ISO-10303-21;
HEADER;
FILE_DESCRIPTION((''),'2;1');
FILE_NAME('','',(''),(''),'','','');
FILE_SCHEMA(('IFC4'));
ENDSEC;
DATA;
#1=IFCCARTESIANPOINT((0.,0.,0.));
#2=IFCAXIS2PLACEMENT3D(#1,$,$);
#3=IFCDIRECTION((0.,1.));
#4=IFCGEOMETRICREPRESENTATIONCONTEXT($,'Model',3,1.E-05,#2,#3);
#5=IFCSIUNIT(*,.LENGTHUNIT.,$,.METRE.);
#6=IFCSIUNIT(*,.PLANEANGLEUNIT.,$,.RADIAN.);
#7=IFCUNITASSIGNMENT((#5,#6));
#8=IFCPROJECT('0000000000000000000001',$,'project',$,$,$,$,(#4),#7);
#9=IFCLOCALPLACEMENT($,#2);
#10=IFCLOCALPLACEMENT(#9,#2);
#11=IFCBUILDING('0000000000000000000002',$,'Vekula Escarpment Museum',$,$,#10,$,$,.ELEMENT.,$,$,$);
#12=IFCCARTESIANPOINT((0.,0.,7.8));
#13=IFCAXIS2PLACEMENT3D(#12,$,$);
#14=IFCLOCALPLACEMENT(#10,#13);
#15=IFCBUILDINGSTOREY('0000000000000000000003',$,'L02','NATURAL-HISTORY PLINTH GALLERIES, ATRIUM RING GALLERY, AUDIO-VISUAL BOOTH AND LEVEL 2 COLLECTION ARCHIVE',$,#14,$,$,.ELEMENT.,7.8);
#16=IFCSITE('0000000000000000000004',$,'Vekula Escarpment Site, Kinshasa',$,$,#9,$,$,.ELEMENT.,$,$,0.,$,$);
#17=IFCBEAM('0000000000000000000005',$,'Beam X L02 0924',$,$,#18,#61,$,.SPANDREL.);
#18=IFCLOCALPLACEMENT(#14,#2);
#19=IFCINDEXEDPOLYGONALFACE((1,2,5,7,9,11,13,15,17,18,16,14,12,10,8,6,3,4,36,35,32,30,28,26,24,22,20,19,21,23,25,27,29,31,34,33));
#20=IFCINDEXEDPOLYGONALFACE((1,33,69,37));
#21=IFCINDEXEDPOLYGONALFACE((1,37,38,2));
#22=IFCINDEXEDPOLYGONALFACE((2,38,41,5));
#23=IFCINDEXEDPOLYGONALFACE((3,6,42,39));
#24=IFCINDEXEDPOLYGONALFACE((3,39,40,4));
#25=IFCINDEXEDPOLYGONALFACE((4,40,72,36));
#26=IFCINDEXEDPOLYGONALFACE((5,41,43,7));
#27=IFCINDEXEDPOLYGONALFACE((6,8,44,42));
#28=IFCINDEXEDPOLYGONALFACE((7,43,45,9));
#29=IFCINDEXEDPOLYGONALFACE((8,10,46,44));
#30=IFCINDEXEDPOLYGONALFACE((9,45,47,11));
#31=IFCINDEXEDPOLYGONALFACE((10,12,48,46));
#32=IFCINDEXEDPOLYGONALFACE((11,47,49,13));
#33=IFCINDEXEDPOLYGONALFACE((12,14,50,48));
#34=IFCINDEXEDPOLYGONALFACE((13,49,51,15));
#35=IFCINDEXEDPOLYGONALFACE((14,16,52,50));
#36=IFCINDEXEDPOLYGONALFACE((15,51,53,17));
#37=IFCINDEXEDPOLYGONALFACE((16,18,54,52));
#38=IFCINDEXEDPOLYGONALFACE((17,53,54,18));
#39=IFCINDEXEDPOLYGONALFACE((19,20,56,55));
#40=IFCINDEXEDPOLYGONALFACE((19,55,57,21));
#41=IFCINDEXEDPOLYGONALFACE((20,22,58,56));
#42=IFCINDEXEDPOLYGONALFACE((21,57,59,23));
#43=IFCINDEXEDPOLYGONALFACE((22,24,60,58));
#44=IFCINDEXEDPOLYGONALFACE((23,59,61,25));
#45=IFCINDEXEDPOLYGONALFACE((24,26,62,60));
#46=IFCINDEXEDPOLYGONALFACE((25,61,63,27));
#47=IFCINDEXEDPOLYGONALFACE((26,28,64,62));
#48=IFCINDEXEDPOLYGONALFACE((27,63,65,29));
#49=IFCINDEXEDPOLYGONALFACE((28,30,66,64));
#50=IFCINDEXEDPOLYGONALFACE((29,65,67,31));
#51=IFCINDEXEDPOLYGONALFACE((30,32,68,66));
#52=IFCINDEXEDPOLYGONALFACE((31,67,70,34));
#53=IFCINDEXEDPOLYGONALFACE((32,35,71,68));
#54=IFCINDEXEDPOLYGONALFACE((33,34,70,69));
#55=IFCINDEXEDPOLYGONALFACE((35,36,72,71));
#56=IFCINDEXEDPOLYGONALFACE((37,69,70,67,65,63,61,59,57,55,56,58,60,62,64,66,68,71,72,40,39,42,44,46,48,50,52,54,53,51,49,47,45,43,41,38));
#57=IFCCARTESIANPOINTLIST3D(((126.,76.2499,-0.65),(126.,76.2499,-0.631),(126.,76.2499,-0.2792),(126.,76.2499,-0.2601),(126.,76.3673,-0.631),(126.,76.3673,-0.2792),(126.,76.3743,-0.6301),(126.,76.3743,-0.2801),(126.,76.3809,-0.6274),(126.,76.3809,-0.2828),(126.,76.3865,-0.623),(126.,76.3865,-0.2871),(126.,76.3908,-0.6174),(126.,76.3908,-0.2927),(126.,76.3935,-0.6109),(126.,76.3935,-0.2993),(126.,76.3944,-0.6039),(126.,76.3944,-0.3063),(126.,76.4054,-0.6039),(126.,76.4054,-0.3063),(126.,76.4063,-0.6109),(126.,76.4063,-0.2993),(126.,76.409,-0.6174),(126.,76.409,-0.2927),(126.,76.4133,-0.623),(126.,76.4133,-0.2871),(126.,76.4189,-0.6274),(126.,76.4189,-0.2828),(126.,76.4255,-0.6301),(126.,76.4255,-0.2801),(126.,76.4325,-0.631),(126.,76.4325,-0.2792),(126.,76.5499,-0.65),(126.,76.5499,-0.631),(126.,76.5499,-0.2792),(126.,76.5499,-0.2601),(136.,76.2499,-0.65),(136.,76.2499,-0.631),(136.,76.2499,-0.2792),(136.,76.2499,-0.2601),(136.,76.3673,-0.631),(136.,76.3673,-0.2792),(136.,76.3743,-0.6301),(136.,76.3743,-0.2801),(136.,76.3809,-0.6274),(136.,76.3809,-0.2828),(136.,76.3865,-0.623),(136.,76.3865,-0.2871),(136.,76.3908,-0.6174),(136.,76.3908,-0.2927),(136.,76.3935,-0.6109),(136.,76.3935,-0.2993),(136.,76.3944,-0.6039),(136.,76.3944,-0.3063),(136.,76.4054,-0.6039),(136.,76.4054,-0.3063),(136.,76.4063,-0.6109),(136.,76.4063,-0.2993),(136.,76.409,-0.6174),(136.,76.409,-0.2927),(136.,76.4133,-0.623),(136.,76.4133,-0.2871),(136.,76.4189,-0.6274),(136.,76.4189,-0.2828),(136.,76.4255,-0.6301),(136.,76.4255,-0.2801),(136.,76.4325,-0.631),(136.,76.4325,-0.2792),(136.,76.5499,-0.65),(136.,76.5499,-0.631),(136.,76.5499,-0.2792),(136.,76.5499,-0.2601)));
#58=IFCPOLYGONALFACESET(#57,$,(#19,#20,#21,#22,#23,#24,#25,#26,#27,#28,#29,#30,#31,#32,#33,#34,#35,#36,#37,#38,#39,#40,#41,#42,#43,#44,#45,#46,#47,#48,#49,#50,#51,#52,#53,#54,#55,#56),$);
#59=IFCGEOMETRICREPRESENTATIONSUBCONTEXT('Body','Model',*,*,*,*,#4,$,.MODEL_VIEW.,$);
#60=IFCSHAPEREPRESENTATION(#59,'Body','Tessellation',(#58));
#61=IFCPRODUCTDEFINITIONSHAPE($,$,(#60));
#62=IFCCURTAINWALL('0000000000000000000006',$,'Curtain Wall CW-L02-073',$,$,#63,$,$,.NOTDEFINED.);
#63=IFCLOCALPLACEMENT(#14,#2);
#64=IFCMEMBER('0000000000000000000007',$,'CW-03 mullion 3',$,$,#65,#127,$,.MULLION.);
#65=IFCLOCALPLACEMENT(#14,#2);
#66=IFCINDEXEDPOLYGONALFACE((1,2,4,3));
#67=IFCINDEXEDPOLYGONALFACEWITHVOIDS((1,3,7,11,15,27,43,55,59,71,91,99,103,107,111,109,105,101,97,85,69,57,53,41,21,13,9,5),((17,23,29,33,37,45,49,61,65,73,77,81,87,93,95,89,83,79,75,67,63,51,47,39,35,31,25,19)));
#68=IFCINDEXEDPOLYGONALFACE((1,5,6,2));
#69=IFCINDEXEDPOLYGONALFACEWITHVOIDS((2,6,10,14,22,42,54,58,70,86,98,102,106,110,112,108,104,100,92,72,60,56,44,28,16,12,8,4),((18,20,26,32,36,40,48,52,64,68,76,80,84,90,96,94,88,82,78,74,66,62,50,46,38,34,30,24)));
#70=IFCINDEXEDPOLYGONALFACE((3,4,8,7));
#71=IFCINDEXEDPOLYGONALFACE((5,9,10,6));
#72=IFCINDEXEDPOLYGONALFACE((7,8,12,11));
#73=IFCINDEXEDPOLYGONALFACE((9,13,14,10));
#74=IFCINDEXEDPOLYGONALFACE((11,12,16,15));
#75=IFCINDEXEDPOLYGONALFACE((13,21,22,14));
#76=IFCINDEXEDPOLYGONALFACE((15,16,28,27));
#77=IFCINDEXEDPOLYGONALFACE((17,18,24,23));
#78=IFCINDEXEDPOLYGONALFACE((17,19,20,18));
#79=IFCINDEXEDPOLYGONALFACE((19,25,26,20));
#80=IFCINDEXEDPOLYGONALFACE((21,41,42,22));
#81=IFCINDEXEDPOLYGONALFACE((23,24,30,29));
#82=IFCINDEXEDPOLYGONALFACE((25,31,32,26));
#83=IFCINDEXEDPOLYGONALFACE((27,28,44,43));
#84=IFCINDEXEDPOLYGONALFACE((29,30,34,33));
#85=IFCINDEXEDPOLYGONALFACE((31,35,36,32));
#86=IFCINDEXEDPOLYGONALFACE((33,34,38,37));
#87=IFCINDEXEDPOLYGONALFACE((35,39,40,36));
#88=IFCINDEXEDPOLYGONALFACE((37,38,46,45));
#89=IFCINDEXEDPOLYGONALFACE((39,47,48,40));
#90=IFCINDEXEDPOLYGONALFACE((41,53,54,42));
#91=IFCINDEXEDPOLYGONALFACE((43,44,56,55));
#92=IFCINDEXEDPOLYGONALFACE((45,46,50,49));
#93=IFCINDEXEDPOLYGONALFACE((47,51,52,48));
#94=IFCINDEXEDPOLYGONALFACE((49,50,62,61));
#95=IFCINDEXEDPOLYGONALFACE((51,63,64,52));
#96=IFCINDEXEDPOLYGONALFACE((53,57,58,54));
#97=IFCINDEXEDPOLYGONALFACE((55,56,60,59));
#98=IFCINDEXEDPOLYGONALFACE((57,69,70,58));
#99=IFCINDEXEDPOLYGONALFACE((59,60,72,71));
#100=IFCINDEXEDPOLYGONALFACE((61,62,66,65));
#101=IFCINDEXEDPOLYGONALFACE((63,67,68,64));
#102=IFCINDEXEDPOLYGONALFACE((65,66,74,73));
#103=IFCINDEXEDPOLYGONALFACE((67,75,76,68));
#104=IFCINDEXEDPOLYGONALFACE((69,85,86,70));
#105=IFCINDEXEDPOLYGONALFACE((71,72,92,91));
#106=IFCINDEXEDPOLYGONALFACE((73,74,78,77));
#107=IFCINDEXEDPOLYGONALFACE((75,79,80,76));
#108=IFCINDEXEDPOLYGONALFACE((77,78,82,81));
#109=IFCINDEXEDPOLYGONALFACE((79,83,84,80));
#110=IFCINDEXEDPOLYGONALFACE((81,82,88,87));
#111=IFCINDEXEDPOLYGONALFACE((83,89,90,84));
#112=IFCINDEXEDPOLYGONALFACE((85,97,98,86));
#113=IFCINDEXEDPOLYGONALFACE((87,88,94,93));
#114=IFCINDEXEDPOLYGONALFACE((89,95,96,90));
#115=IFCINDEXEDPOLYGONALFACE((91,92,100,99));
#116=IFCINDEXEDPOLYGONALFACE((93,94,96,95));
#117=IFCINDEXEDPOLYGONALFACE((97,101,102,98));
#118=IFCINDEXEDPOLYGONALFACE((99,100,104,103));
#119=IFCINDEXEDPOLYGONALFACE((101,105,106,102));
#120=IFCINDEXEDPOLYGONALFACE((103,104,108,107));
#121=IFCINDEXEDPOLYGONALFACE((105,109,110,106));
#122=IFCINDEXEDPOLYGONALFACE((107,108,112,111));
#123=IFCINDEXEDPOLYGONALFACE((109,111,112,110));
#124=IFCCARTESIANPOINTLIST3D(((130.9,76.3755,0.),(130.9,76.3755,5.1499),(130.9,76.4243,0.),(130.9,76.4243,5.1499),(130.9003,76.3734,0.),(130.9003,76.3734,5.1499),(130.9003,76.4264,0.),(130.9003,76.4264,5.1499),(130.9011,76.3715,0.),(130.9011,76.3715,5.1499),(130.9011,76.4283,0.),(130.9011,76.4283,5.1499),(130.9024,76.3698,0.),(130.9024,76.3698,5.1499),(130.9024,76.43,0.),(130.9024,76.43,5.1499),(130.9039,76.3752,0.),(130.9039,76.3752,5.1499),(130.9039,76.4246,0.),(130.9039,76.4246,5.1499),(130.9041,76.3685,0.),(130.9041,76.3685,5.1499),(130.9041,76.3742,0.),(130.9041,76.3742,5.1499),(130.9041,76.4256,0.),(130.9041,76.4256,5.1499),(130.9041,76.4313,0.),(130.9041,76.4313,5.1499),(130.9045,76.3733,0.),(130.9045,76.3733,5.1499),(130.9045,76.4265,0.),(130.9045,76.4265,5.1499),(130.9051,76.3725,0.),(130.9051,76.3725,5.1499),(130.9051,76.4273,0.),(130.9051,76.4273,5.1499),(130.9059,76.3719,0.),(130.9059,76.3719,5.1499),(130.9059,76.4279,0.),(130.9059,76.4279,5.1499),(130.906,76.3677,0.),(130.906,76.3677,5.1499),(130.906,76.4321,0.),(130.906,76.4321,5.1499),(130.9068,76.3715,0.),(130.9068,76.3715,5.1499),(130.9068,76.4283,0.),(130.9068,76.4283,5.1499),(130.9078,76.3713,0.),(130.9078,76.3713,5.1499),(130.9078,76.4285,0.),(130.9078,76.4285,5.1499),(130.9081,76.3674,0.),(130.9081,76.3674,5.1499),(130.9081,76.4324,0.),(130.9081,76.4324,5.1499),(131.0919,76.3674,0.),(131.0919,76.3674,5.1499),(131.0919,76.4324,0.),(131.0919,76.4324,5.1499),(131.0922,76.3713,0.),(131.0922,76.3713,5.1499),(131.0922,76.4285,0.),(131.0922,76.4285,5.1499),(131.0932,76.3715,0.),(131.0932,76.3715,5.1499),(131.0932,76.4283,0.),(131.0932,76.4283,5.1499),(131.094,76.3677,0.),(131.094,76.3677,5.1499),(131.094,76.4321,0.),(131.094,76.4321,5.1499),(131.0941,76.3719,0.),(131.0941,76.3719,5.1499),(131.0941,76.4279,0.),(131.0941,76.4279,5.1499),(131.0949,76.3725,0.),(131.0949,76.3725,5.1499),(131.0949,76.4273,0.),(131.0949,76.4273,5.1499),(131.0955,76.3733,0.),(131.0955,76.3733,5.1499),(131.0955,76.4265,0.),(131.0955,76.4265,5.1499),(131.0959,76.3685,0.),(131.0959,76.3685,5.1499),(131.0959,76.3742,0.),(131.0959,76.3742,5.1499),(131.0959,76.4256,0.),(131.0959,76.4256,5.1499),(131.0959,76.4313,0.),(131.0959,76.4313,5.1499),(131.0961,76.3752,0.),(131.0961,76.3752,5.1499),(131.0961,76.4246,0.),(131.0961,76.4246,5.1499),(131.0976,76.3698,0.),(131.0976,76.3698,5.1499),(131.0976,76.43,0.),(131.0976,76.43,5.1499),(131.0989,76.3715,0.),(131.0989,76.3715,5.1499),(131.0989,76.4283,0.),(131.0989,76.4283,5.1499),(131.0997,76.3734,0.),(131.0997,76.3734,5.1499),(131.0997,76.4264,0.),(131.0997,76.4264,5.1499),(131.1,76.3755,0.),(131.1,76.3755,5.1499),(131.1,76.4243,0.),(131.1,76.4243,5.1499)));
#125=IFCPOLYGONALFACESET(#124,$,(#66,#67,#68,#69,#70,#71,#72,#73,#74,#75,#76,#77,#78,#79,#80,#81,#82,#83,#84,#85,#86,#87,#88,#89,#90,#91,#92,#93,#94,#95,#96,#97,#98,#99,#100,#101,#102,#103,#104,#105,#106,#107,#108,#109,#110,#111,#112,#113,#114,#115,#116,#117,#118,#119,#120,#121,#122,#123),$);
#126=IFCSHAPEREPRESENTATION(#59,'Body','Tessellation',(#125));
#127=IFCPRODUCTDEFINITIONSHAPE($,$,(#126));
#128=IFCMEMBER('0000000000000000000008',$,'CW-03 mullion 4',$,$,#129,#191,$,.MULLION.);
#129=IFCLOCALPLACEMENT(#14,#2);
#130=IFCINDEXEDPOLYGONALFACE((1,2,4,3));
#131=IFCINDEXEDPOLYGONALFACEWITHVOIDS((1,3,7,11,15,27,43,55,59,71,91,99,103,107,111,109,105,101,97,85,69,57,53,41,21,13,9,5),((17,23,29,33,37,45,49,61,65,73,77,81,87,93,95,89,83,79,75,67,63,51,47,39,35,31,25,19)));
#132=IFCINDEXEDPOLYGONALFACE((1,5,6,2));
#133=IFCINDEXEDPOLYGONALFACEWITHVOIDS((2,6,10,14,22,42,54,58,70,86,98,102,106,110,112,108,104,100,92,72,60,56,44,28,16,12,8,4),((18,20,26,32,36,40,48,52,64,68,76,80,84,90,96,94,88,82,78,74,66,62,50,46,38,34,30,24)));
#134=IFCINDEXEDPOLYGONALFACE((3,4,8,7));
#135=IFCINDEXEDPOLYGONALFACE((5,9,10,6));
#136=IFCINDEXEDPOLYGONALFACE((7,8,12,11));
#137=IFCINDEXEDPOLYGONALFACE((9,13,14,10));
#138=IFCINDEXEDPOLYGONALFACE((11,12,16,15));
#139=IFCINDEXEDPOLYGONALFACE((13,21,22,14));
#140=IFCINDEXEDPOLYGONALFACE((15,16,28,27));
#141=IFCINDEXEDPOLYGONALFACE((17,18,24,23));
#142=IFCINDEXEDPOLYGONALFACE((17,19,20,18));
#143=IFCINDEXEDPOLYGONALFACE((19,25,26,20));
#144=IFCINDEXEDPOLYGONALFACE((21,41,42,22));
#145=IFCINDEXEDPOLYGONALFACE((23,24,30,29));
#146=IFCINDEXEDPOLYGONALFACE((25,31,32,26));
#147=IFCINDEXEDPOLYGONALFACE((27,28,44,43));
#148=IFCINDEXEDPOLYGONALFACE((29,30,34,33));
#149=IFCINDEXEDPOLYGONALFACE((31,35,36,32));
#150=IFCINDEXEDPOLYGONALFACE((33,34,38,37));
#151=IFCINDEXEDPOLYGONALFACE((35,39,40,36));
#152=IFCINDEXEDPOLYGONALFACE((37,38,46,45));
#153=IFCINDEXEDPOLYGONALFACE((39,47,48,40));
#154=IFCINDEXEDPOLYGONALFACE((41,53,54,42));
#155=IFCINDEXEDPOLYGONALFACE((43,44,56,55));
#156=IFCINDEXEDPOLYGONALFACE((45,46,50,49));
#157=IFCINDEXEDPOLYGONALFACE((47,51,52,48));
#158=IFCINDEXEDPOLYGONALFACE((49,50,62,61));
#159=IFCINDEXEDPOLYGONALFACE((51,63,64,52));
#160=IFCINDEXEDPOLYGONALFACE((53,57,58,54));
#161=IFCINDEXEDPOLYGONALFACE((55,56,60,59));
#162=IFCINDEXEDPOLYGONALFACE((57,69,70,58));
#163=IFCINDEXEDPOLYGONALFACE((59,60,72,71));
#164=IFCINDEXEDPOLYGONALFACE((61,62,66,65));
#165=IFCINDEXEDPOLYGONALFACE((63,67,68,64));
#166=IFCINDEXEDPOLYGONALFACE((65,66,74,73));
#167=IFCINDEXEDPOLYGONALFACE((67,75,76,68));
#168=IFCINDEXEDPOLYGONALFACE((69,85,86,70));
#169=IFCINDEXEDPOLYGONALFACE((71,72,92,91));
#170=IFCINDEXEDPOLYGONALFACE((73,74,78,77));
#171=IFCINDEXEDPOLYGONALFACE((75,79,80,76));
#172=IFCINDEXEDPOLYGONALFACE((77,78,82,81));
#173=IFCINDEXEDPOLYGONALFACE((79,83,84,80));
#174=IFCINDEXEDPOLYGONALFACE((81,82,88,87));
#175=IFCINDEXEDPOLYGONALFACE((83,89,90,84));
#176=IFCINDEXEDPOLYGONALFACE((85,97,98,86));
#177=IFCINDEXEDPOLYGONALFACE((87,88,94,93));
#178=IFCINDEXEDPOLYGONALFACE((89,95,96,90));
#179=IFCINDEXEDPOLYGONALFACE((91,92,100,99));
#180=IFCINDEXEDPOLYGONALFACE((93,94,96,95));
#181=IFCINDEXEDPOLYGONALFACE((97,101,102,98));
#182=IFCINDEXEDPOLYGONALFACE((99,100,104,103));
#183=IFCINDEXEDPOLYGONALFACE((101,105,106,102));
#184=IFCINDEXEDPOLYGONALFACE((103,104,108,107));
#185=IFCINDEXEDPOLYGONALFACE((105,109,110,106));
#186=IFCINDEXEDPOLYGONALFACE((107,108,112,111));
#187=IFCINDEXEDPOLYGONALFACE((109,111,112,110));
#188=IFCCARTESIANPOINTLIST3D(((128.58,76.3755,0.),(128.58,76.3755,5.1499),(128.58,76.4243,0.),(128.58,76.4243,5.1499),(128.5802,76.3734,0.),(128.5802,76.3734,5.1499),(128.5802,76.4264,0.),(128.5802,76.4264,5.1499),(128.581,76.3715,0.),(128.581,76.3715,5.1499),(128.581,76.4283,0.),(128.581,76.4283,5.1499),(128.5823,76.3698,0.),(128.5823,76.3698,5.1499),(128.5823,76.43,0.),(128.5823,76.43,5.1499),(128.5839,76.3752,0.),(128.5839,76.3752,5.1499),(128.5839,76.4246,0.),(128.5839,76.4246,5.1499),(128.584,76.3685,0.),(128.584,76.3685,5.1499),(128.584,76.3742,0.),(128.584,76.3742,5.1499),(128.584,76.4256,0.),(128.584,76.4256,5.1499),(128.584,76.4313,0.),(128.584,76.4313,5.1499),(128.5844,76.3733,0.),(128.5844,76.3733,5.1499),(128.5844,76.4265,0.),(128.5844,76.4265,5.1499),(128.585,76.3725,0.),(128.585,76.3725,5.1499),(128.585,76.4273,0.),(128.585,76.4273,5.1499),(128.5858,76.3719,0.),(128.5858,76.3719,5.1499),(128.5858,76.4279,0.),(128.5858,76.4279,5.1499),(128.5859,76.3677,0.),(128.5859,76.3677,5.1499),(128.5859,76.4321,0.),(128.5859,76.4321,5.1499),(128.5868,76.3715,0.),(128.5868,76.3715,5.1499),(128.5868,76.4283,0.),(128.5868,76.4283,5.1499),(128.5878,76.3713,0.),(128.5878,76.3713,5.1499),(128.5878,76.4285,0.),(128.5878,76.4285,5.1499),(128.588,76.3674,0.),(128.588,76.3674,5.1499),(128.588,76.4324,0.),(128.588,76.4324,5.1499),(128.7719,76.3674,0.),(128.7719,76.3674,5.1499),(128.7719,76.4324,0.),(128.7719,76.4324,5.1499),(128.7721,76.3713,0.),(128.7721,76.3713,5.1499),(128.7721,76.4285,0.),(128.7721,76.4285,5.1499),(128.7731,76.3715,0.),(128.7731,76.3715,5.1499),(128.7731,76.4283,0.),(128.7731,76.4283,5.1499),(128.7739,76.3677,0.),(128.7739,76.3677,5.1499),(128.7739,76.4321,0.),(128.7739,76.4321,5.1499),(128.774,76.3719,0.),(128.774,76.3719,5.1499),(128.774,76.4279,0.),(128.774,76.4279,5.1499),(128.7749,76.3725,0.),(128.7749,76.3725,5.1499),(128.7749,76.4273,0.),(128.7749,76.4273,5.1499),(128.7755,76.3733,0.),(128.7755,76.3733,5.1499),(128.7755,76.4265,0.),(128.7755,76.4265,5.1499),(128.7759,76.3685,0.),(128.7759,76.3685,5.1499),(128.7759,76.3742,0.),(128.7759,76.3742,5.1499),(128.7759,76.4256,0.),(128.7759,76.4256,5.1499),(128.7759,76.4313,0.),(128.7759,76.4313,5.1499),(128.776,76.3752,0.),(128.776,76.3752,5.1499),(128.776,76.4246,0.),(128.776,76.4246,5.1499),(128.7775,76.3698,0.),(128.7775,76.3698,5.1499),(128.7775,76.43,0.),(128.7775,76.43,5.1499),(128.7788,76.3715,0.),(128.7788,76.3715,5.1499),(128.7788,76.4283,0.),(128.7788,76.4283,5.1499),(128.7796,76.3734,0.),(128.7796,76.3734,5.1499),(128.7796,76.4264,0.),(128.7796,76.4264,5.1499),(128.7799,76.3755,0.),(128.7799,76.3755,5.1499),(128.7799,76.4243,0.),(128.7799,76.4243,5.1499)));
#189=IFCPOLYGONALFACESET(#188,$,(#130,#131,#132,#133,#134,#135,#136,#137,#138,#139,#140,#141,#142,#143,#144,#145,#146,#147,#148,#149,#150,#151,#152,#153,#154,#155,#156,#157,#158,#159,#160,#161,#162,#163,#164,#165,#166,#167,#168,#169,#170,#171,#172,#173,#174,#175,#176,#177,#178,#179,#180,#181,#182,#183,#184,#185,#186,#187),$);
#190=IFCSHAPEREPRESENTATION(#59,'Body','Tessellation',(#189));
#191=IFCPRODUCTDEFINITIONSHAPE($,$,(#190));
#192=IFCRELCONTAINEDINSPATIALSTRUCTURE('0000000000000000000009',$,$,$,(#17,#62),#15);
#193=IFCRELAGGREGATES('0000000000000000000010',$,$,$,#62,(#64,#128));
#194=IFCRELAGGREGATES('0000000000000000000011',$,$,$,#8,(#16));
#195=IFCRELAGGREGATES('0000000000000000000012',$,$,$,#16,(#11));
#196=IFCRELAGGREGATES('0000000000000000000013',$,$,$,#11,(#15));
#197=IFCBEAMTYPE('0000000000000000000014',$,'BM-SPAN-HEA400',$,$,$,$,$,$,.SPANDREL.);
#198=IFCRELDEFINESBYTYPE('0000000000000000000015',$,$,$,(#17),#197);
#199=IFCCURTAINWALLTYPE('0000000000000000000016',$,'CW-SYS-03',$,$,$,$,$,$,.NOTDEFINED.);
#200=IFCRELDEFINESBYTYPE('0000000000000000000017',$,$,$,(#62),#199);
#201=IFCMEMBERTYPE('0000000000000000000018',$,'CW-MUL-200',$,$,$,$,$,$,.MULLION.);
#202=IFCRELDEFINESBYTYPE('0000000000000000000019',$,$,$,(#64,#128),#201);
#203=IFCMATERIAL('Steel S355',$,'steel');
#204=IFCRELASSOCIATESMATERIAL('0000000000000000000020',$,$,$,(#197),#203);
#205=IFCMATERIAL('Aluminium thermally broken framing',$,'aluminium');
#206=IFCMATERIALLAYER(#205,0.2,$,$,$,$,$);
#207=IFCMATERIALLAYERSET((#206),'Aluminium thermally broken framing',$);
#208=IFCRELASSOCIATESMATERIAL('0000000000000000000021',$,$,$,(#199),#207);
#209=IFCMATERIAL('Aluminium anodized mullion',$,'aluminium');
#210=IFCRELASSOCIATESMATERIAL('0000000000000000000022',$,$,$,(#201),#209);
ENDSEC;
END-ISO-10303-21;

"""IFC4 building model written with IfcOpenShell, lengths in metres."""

from ifc_helpers import new_model, si_unit, direction, frame, origin, origin_2d, place, context, subcontext, project, spatial, hollow_rectangle, i_section, extrude, material, layer, layer_set, material_profile, profile_set, type_object, element, aggregate, save


model = new_model("IFC4")

# Units and contexts
model_context = context("Model", 3, precision=1e-05, world=origin(), true_north=direction((0.0, 1.0)))
body_context = subcontext(model_context, "Body", "Model", "MODEL_VIEW")
ifc_project = project(units=[si_unit("LENGTHUNIT", "METRE"), si_unit("PLANEANGLEUNIT", "RADIAN")], contexts=[model_context])

# Site, building, storey
site_placement = place(None, origin())
site = spatial("IfcSite", under=ifc_project, at=site_placement, Name="Vekula Escarpment Site, Kinshasa", CompositionType="ELEMENT", RefElevation=0.0)
building_placement = place(site_placement, origin())
building = spatial("IfcBuilding", under=site, at=building_placement, Name="Vekula Escarpment Museum", CompositionType="ELEMENT")
storey_placement = place(building_placement, frame((0.0, 0.0, 7.8)))
storey = spatial("IfcBuildingStorey", under=building, at=storey_placement, Name="L02", Description="NATURAL-HISTORY PLINTH GALLERIES, ATRIUM RING GALLERY, AUDIO-VISUAL BOOTH AND LEVEL 2 COLLECTION ARCHIVE", CompositionType="ELEMENT", Elevation=7.8)

# Beam
ifc_material_1 = material(Name="Steel S355", Category="steel")
ifc_material_profile_1 = material_profile(ifc_material_1, i_section(OverallWidth=0.3, OverallDepth=0.3899, WebThickness=0.011, FlangeThickness=0.019, FilletRadius=0.0271, at=origin_2d()), Name="HEA 400")
ifc_profile_set_1 = profile_set([ifc_material_profile_1], Name="Steel S355")
beam_type_1 = type_object("IfcBeamType", Name="BM-SPAN-HEA400", PredefinedType="SPANDREL", material=ifc_profile_set_1)
beam_1_placement = place(storey_placement, frame((126.0, 76.3999, -0.4551), z_axis=(1.0, 0.0, 0.0), x_axis=(0.0, 1.0, 0.0)))
element("IfcBeam", 1, at=beam_1_placement, inside=storey, type_object=beam_type_1, Name="Beam X L02 0924", PredefinedType="SPANDREL", context=body_context, shape_type="SweptSolid", body=[
    extrude(i_section(OverallWidth=0.3, OverallDepth=0.3899, WebThickness=0.011, FlangeThickness=0.019, FilletRadius=0.0271, at=origin_2d()), origin(), (0.0, 0.0, 1.0), 10.0),
])

# Curtain wall, members
ifc_material_2 = material(Name="Aluminium thermally broken framing", Category="aluminium")
ifc_layer_1 = layer(ifc_material_2, 0.2)
ifc_layer_set_1 = layer_set([ifc_layer_1], Name="Aluminium thermally broken framing")
curtain_wall_type = type_object("IfcCurtainWallType", Name="CW-SYS-03", PredefinedType="NOTDEFINED", material=ifc_layer_set_1)
curtain_wall_placement = place(storey_placement, origin())
curtain_wall = element("IfcCurtainWall", 2, at=curtain_wall_placement, inside=storey, type_object=curtain_wall_type, Name="Curtain Wall CW-L02-073", PredefinedType="NOTDEFINED")
ifc_material_3 = material(Name="Aluminium anodized mullion", Category="aluminium")
ifc_material_profile_2 = material_profile(ifc_material_3, hollow_rectangle(XDim=0.0649, YDim=0.2, WallThickness=0.0039, InnerFilletRadius=0.0039, OuterFilletRadius=0.0081, at=origin_2d()), Name="ALU 200x65x4")
ifc_profile_set_2 = profile_set([ifc_material_profile_2], Name="Aluminium anodized mullion")
member_type_1 = type_object("IfcMemberType", Name="CW-MUL-200", PredefinedType="MULLION", material=ifc_profile_set_2)
member_1_placement = place(storey_placement, frame((131.0, 76.3999, 0.0), z_axis=(0.0, 0.0, 1.0), x_axis=(0.0, -1.0, 0.0)))
member_1 = element("IfcMember", 3, at=member_1_placement, type_object=member_type_1, Name="CW-03 mullion 3", PredefinedType="MULLION", context=body_context, shape_type="SweptSolid", body=[
    extrude(hollow_rectangle(XDim=0.0649, YDim=0.2, WallThickness=0.0039, InnerFilletRadius=0.0039, OuterFilletRadius=0.0081, at=origin_2d()), origin(), (0.0, 0.0, 1.0), 5.1499),
])
member_2_placement = place(storey_placement, frame((128.6799, 76.3999, 0.0), z_axis=(0.0, 0.0, 1.0), x_axis=(0.0, -1.0, 0.0)))
member_2 = element("IfcMember", 4, at=member_2_placement, type_object=member_type_1, Name="CW-03 mullion 4", PredefinedType="MULLION", context=body_context, shape_type="SweptSolid", body=[
    extrude(hollow_rectangle(XDim=0.0649, YDim=0.2, WallThickness=0.0039, InnerFilletRadius=0.0039, OuterFilletRadius=0.0081, at=origin_2d()), origin(), (0.0, 0.0, 1.0), 5.1499),
])
aggregate(curtain_wall, [member_1, member_2])

save(model, "model.ifc")
